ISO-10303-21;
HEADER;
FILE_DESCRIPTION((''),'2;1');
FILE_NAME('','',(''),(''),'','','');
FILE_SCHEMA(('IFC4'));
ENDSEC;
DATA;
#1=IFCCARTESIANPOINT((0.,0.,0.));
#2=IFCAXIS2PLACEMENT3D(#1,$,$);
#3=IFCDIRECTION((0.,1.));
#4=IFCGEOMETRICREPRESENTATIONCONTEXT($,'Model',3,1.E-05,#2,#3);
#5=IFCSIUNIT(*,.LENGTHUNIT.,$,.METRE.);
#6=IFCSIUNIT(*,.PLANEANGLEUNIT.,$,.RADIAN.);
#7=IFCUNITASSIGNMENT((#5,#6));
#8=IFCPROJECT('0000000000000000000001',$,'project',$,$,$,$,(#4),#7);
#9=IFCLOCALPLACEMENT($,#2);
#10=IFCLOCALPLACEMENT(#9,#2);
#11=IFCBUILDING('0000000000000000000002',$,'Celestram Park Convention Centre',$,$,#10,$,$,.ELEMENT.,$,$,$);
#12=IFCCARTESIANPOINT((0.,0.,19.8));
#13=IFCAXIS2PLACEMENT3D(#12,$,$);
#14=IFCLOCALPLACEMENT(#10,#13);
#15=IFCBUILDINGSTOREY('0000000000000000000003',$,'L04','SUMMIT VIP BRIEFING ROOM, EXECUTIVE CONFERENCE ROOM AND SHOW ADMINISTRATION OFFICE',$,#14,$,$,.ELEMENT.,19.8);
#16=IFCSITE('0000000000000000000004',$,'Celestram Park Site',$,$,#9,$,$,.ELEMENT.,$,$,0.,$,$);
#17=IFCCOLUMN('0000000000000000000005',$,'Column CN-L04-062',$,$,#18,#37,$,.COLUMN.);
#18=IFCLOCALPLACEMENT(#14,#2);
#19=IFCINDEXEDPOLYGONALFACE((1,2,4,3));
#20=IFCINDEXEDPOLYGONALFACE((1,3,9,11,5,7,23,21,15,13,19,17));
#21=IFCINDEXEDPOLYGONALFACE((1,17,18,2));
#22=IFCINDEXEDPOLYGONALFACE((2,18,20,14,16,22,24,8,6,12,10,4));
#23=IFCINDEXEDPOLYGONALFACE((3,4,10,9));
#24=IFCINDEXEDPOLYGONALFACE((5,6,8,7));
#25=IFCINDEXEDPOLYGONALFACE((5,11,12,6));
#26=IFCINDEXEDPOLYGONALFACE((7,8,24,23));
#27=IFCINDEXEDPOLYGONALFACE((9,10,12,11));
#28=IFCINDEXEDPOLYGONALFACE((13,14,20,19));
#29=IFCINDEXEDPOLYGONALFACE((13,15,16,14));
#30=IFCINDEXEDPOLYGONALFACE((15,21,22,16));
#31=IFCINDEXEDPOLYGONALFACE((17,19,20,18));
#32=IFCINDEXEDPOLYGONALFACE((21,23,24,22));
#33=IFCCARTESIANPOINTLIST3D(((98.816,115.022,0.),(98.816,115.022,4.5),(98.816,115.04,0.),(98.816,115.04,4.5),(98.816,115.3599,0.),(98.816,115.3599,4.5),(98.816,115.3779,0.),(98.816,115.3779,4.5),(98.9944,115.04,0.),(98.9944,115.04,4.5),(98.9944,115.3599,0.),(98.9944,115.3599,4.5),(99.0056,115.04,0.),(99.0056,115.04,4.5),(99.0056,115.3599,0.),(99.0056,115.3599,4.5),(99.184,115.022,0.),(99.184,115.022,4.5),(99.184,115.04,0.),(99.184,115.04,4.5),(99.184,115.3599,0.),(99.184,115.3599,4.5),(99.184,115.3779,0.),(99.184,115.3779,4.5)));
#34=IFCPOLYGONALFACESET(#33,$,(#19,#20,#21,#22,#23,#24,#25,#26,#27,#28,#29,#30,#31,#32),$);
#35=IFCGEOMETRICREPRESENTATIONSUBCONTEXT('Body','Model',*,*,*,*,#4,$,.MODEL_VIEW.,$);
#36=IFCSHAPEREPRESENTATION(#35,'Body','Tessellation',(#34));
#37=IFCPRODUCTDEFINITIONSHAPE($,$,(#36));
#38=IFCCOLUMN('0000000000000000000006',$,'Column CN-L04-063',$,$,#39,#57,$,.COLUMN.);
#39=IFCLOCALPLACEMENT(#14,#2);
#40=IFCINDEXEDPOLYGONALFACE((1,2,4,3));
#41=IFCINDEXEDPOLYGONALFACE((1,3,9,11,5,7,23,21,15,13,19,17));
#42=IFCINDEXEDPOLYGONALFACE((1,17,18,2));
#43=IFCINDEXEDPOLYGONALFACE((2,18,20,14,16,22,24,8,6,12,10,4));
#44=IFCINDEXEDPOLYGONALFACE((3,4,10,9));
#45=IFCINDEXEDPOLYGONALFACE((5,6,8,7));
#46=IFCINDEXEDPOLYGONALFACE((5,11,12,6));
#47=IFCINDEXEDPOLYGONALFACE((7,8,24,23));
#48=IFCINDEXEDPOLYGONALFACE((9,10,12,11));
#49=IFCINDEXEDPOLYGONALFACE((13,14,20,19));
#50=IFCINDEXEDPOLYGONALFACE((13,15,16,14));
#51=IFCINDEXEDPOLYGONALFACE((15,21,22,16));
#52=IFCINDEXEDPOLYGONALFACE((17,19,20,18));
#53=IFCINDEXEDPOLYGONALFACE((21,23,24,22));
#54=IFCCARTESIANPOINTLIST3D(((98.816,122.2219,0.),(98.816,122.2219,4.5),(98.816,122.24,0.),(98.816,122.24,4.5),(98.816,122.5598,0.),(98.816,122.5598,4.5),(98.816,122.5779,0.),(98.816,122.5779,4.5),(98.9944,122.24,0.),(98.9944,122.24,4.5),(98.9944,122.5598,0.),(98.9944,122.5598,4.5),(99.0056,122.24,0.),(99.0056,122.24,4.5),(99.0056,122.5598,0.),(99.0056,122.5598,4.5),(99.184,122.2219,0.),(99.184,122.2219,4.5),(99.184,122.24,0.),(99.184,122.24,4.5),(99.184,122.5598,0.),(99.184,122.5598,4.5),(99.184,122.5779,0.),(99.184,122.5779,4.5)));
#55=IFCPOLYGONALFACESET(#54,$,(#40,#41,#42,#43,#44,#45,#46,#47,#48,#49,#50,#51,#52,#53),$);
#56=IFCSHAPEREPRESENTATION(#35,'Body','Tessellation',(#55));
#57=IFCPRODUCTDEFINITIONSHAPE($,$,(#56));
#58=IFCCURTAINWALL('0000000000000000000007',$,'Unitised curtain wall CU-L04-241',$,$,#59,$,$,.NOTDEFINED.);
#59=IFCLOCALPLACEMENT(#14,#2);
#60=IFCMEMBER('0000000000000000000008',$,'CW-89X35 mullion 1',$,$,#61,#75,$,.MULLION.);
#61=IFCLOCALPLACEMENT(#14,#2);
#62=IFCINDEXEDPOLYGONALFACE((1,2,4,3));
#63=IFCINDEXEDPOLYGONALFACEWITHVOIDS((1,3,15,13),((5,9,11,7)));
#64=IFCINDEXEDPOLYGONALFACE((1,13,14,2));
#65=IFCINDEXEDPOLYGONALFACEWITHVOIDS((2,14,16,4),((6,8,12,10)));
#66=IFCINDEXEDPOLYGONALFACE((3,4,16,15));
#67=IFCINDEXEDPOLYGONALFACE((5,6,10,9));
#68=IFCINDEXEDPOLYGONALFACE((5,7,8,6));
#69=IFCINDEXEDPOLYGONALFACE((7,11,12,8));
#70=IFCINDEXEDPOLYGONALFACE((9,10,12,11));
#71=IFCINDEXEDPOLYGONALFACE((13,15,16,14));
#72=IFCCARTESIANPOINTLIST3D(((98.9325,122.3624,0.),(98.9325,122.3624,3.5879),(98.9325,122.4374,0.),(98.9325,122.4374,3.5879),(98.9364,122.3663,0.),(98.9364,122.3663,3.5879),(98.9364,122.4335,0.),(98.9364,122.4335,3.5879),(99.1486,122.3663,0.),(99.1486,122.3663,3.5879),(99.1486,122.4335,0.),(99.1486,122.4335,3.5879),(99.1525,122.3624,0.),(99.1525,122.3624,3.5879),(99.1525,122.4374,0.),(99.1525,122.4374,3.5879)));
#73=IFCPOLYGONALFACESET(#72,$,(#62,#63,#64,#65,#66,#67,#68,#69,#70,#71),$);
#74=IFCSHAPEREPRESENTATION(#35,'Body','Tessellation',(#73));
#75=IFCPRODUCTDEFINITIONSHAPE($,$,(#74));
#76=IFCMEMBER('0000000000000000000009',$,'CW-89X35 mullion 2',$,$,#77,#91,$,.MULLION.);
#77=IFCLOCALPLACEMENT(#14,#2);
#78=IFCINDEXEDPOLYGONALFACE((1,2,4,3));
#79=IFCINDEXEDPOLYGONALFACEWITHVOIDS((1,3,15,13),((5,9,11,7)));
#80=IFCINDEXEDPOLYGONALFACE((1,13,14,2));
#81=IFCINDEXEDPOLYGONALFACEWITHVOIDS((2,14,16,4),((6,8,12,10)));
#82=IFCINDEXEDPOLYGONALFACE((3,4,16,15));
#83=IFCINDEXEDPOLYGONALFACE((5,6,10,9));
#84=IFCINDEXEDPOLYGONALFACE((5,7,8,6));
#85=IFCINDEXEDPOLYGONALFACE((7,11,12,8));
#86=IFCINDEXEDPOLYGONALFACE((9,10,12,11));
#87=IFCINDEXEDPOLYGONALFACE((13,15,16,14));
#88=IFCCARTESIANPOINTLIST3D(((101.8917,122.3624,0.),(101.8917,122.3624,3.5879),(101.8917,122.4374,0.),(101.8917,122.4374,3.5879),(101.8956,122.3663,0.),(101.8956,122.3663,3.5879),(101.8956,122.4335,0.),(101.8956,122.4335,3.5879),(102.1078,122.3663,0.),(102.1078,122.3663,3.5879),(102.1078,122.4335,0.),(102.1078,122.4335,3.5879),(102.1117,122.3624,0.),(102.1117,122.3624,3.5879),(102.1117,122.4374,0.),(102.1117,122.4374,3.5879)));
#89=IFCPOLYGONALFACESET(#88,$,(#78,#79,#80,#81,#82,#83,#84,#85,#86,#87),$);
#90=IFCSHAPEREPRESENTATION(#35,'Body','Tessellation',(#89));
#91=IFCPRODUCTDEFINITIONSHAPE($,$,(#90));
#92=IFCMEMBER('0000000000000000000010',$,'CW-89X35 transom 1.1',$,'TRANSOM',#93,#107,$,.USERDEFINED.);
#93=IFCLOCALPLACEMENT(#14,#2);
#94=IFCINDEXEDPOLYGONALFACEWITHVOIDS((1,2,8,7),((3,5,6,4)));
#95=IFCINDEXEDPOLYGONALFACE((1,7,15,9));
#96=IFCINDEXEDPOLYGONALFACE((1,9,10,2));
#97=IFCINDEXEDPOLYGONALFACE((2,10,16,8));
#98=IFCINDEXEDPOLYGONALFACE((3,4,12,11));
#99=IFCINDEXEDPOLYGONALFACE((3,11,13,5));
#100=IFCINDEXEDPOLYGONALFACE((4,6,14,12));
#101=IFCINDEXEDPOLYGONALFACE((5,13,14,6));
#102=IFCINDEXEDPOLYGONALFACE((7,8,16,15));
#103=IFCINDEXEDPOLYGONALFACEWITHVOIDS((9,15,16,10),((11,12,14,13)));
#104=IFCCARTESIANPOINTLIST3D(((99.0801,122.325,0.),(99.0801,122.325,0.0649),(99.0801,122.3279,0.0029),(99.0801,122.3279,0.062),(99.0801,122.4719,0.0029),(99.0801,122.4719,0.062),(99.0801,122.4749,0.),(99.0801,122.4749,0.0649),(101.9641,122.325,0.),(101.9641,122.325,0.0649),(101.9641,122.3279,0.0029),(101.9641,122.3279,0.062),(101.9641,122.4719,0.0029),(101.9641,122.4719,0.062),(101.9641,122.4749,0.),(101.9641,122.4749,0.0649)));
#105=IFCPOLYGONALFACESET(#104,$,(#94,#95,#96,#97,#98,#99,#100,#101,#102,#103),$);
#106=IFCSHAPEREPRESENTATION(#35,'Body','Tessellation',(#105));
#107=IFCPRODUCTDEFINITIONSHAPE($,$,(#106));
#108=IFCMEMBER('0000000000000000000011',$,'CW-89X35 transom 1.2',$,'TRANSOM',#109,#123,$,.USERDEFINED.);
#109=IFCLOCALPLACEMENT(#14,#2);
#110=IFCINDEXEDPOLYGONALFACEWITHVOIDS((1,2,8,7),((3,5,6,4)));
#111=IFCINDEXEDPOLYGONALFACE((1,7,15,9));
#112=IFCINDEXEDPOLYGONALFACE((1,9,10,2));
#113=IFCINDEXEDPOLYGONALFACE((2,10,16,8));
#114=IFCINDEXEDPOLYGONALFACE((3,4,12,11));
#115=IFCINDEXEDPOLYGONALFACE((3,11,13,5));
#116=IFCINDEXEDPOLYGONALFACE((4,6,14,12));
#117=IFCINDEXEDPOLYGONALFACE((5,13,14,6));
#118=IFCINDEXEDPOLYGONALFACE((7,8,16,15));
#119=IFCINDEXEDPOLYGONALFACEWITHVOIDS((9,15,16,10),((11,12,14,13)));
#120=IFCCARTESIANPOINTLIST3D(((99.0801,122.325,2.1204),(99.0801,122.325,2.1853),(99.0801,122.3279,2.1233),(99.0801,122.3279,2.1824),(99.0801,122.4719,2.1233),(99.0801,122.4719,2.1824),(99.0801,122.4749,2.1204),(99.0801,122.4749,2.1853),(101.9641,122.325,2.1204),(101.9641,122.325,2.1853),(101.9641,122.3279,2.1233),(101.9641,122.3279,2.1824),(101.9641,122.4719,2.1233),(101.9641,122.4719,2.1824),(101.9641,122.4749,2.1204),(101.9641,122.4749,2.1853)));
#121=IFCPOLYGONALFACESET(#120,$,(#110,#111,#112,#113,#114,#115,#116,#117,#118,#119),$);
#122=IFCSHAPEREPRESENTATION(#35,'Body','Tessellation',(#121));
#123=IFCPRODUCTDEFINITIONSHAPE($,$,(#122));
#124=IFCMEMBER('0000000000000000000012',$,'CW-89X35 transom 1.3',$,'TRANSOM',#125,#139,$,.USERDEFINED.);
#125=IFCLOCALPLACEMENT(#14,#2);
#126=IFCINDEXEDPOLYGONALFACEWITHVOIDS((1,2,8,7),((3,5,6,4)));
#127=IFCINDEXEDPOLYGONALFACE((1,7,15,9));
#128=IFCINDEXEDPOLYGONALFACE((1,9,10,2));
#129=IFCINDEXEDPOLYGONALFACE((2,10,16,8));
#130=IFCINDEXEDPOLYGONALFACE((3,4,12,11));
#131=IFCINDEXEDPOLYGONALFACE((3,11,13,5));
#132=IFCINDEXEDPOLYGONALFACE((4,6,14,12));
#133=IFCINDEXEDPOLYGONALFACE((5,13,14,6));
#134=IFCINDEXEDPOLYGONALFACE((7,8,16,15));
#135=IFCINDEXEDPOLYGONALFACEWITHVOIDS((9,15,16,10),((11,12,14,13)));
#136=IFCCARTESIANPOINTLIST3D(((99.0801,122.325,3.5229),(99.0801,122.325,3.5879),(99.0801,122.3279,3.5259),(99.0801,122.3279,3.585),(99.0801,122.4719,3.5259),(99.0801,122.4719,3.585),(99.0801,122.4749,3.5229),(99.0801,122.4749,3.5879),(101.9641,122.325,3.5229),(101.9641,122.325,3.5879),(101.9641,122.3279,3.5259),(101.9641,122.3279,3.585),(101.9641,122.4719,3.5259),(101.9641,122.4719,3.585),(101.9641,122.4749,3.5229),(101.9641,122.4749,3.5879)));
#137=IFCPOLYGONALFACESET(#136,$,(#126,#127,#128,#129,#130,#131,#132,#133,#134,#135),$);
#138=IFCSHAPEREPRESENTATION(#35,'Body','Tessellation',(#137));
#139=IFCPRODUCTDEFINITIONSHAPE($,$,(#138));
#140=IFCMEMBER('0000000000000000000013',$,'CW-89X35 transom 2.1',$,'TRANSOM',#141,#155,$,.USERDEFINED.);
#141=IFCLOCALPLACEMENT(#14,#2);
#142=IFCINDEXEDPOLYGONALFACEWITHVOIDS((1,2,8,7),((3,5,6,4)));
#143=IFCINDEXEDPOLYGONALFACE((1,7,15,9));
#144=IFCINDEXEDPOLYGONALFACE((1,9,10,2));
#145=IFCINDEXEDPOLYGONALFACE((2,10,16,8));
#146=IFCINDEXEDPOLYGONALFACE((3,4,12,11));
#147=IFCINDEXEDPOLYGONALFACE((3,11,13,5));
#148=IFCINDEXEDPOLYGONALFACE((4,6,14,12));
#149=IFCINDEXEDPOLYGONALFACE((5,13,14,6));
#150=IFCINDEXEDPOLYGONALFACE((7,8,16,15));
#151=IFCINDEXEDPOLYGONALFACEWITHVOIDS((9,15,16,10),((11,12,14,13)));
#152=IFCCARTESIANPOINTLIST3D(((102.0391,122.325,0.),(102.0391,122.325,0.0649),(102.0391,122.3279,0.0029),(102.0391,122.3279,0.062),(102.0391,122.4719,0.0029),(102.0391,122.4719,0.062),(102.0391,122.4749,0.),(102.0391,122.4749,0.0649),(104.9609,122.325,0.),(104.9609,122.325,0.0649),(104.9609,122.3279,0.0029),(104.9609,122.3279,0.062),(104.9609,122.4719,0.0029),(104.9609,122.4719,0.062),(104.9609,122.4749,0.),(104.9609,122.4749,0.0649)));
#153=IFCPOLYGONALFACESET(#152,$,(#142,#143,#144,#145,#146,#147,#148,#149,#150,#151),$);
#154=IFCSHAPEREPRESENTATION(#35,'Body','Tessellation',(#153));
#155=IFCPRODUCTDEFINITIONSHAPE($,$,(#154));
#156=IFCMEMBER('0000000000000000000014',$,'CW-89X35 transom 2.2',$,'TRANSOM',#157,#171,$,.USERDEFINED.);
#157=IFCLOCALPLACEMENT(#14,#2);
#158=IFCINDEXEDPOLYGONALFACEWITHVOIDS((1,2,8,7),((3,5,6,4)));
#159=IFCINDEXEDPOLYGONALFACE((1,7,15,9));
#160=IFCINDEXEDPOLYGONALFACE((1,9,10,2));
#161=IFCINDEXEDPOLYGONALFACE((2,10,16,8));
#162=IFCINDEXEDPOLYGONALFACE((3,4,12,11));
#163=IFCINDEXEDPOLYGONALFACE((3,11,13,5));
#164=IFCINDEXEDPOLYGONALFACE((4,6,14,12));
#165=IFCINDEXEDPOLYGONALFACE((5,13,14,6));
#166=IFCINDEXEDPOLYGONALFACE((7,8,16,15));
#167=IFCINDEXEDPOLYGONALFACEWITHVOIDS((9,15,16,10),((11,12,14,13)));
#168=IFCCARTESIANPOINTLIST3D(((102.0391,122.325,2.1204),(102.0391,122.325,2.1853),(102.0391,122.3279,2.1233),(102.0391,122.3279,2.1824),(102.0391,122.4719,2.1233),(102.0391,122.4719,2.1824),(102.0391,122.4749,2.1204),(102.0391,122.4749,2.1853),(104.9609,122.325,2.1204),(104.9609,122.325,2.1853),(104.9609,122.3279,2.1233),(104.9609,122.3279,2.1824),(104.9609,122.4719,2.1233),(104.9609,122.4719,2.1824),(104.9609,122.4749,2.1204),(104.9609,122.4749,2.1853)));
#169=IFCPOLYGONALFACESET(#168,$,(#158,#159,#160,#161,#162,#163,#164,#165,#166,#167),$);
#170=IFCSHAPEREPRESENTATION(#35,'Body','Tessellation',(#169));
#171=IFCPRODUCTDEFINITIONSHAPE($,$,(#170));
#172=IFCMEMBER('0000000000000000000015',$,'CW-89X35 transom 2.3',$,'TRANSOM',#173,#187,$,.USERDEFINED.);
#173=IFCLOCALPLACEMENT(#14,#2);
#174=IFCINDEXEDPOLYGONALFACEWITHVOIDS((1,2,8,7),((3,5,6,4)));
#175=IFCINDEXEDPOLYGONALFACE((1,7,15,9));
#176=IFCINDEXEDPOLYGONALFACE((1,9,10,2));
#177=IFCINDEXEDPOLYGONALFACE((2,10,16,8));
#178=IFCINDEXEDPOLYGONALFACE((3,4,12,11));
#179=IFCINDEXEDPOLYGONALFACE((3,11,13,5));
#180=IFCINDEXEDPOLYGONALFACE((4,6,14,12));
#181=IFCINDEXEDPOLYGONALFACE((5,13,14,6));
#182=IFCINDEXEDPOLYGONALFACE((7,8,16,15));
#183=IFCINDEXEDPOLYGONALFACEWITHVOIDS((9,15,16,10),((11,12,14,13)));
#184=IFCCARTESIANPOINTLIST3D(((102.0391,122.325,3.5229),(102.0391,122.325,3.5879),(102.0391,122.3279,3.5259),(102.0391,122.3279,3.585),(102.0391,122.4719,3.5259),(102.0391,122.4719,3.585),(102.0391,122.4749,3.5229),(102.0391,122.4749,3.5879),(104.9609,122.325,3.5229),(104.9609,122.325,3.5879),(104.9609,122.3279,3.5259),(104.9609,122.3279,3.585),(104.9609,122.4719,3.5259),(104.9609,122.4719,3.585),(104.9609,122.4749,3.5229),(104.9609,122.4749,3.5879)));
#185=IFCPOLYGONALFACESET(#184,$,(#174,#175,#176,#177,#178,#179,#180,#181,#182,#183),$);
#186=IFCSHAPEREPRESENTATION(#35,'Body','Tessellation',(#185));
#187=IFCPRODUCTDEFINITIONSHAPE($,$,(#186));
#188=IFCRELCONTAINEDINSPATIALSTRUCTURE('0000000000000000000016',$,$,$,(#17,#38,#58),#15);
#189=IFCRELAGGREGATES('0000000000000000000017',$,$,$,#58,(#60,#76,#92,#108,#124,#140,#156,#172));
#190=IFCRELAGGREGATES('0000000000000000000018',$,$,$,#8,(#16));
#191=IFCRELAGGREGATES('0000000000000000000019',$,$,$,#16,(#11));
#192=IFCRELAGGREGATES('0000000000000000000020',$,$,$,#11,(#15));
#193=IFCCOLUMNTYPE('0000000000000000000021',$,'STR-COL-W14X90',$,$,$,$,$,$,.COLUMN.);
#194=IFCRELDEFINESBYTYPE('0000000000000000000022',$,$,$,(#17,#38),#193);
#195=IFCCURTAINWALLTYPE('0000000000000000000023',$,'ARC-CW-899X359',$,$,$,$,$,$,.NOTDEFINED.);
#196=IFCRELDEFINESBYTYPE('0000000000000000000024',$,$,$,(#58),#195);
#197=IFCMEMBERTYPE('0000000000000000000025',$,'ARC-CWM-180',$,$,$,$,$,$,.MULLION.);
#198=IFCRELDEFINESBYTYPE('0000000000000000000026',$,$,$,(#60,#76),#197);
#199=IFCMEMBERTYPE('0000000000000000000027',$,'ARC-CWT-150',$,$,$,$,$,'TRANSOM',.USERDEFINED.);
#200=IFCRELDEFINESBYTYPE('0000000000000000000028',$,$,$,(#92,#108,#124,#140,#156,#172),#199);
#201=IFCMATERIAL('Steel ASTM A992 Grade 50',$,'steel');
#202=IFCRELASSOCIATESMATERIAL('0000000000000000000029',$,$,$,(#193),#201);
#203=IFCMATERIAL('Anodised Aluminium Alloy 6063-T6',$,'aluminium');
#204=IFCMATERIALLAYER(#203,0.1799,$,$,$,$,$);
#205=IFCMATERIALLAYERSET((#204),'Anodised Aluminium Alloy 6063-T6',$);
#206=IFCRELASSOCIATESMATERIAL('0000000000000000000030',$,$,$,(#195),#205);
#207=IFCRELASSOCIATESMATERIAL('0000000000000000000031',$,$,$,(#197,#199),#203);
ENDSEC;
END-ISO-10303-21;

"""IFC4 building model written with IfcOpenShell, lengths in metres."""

from ifc_helpers import new_model, si_unit, direction, frame, origin, origin_2d, place, context, subcontext, project, spatial, hollow_rectangle, i_section, extrude, material, layer, layer_set, material_profile, profile_set, type_object, element, aggregate, save


model = new_model("IFC4")

# Units and contexts
model_context = context("Model", 3, precision=1e-05, world=origin(), true_north=direction((0.0, 1.0)))
body_context = subcontext(model_context, "Body", "Model", "MODEL_VIEW")
ifc_project = project(units=[si_unit("LENGTHUNIT", "METRE"), si_unit("PLANEANGLEUNIT", "RADIAN")], contexts=[model_context])

# Site, building, storey
site_placement = place(None, origin())
site = spatial("IfcSite", under=ifc_project, at=site_placement, Name="Celestram Park Site", CompositionType="ELEMENT", RefElevation=0.0)
building_placement = place(site_placement, origin())
building = spatial("IfcBuilding", under=site, at=building_placement, Name="Celestram Park Convention Centre", CompositionType="ELEMENT")
storey_placement = place(building_placement, frame((0.0, 0.0, 19.8)))
storey = spatial("IfcBuildingStorey", under=building, at=storey_placement, Name="L04", Description="SUMMIT VIP BRIEFING ROOM, EXECUTIVE CONFERENCE ROOM AND SHOW ADMINISTRATION OFFICE", CompositionType="ELEMENT", Elevation=19.8)

# Columns
ifc_material_1 = material(Name="Steel ASTM A992 Grade 50", Category="steel")
ifc_material_profile_1 = material_profile(ifc_material_1, i_section(OverallWidth=0.3679, OverallDepth=0.356, WebThickness=0.0112, FlangeThickness=0.0181, at=origin_2d()), Name="W14X90")
ifc_profile_set_1 = profile_set([ifc_material_profile_1], Name="Steel ASTM A992 Grade 50")
column_type = type_object("IfcColumnType", Name="STR-COL-W14X90", PredefinedType="COLUMN", material=ifc_profile_set_1)
for number, where, z_axis, x_axis, name in (
    (1, (99.0, 115.2, 0.0), (0.0, 0.0, 1.0), (1.0, 0.0, 0.0), "Column CN-L04-062"),
    (2, (99.0, 122.3999, 0.0), (0.0, 0.0, 1.0), (1.0, 0.0, 0.0), "Column CN-L04-063"),
):
    element("IfcColumn", number, at=place(storey_placement, frame(where, z_axis=z_axis, x_axis=x_axis)), inside=storey, type_object=column_type, Name=name, PredefinedType="COLUMN", context=body_context, shape_type="SweptSolid", body=[
        extrude(i_section(OverallWidth=0.3679, OverallDepth=0.356, WebThickness=0.0112, FlangeThickness=0.0181, at=origin_2d()), origin(), (0.0, 0.0, 1.0), 4.5),
    ])

# Curtain wall, members
ifc_material_2 = material(Name="Anodised Aluminium Alloy 6063-T6", Category="aluminium")
ifc_layer_1 = layer(ifc_material_2, 0.1799)
ifc_layer_set_1 = layer_set([ifc_layer_1], Name="Anodised Aluminium Alloy 6063-T6")
curtain_wall_type = type_object("IfcCurtainWallType", Name="ARC-CW-899X359", PredefinedType="NOTDEFINED", material=ifc_layer_set_1)
curtain_wall_placement = place(storey_placement, origin())
curtain_wall = element("IfcCurtainWall", 3, at=curtain_wall_placement, inside=storey, type_object=curtain_wall_type, Name="Unitised curtain wall CU-L04-241", PredefinedType="NOTDEFINED")
ifc_material_profile_2 = material_profile(ifc_material_2, hollow_rectangle(XDim=0.075, YDim=0.22, WallThickness=0.0039, at=origin_2d()), Name="ALU75X220X4")
ifc_profile_set_2 = profile_set([ifc_material_profile_2], Name="Anodised Aluminium Alloy 6063-T6")
member_type_1 = type_object("IfcMemberType", Name="ARC-CWM-180", PredefinedType="MULLION", material=ifc_profile_set_2)
member_1_placement = place(storey_placement, frame((99.0425, 122.3999, 0.0), z_axis=(0.0, 0.0, 1.0), x_axis=(0.0, 1.0, 0.0)))
member_1 = element("IfcMember", 4, at=member_1_placement, type_object=member_type_1, Name="CW-89X35 mullion 1", PredefinedType="MULLION", context=body_context, shape_type="SweptSolid", body=[
    extrude(hollow_rectangle(XDim=0.075, YDim=0.22, WallThickness=0.0039, at=origin_2d()), origin(), (0.0, 0.0, 1.0), 3.5879),
])
member_2_placement = place(storey_placement, frame((102.0017, 122.3999, 0.0), z_axis=(0.0, 0.0, 1.0), x_axis=(0.0, 1.0, 0.0)))
member_2 = element("IfcMember", 5, at=member_2_placement, type_object=member_type_1, Name="CW-89X35 mullion 2", PredefinedType="MULLION", context=body_context, shape_type="SweptSolid", body=[
    extrude(hollow_rectangle(XDim=0.075, YDim=0.22, WallThickness=0.0039, at=origin_2d()), origin(), (0.0, 0.0, 1.0), 3.5879),
])
ifc_material_profile_3 = material_profile(ifc_material_2, hollow_rectangle(XDim=0.1499, YDim=0.0649, WallThickness=0.0029, at=origin_2d()), Name="ALU150X65X3")
ifc_profile_set_3 = profile_set([ifc_material_profile_3], Name="Anodised Aluminium Alloy 6063-T6")
member_type_2 = type_object("IfcMemberType", Name="ARC-CWT-150", ElementType="TRANSOM", PredefinedType="USERDEFINED", material=ifc_profile_set_3)
member_3_placement = place(storey_placement, frame((99.0801, 122.3999, 0.0325), z_axis=(1.0, 0.0, 0.0), x_axis=(0.0, 1.0, 0.0)))
member_3 = element("IfcMember", 6, at=member_3_placement, type_object=member_type_2, Name="CW-89X35 transom 1.1", ObjectType="TRANSOM", PredefinedType="USERDEFINED", context=body_context, shape_type="SweptSolid", body=[
    extrude(hollow_rectangle(XDim=0.1499, YDim=0.0649, WallThickness=0.0029, at=origin_2d()), origin(), (0.0, 0.0, 1.0), 2.884),
])
member_4_placement = place(storey_placement, frame((99.0801, 122.3999, 2.1528), z_axis=(1.0, 0.0, 0.0), x_axis=(0.0, 1.0, 0.0)))
member_4 = element("IfcMember", 7, at=member_4_placement, type_object=member_type_2, Name="CW-89X35 transom 1.2", ObjectType="TRANSOM", PredefinedType="USERDEFINED", context=body_context, shape_type="SweptSolid", body=[
    extrude(hollow_rectangle(XDim=0.1499, YDim=0.0649, WallThickness=0.0029, at=origin_2d()), origin(), (0.0, 0.0, 1.0), 2.884),
])
member_5_placement = place(storey_placement, frame((99.0801, 122.3999, 3.5554), z_axis=(1.0, 0.0, 0.0), x_axis=(0.0, 1.0, 0.0)))
member_5 = element("IfcMember", 8, at=member_5_placement, type_object=member_type_2, Name="CW-89X35 transom 1.3", ObjectType="TRANSOM", PredefinedType="USERDEFINED", context=body_context, shape_type="SweptSolid", body=[
    extrude(hollow_rectangle(XDim=0.1499, YDim=0.0649, WallThickness=0.0029, at=origin_2d()), origin(), (0.0, 0.0, 1.0), 2.884),
])
member_6_placement = place(storey_placement, frame((102.0391, 122.3999, 0.0325), z_axis=(1.0, 0.0, 0.0), x_axis=(0.0, 1.0, 0.0)))
member_6 = element("IfcMember", 9, at=member_6_placement, type_object=member_type_2, Name="CW-89X35 transom 2.1", ObjectType="TRANSOM", PredefinedType="USERDEFINED", context=body_context, shape_type="SweptSolid", body=[
    extrude(hollow_rectangle(XDim=0.1499, YDim=0.0649, WallThickness=0.0029, at=origin_2d()), origin(), (0.0, 0.0, 1.0), 2.9219),
])
member_7_placement = place(storey_placement, frame((102.0391, 122.3999, 2.1528), z_axis=(1.0, 0.0, 0.0), x_axis=(0.0, 1.0, 0.0)))
member_7 = element("IfcMember", 10, at=member_7_placement, type_object=member_type_2, Name="CW-89X35 transom 2.2", ObjectType="TRANSOM", PredefinedType="USERDEFINED", context=body_context, shape_type="SweptSolid", body=[
    extrude(hollow_rectangle(XDim=0.1499, YDim=0.0649, WallThickness=0.0029, at=origin_2d()), origin(), (0.0, 0.0, 1.0), 2.9219),
])
member_8_placement = place(storey_placement, frame((102.0391, 122.3999, 3.5554), z_axis=(1.0, 0.0, 0.0), x_axis=(0.0, 1.0, 0.0)))
member_8 = element("IfcMember", 11, at=member_8_placement, type_object=member_type_2, Name="CW-89X35 transom 2.3", ObjectType="TRANSOM", PredefinedType="USERDEFINED", context=body_context, shape_type="SweptSolid", body=[
    extrude(hollow_rectangle(XDim=0.1499, YDim=0.0649, WallThickness=0.0029, at=origin_2d()), origin(), (0.0, 0.0, 1.0), 2.9219),
])

aggregate(curtain_wall, [member_1, member_2, member_3, member_4, member_5, member_6, member_7, member_8])

save(model, "model.ifc")
